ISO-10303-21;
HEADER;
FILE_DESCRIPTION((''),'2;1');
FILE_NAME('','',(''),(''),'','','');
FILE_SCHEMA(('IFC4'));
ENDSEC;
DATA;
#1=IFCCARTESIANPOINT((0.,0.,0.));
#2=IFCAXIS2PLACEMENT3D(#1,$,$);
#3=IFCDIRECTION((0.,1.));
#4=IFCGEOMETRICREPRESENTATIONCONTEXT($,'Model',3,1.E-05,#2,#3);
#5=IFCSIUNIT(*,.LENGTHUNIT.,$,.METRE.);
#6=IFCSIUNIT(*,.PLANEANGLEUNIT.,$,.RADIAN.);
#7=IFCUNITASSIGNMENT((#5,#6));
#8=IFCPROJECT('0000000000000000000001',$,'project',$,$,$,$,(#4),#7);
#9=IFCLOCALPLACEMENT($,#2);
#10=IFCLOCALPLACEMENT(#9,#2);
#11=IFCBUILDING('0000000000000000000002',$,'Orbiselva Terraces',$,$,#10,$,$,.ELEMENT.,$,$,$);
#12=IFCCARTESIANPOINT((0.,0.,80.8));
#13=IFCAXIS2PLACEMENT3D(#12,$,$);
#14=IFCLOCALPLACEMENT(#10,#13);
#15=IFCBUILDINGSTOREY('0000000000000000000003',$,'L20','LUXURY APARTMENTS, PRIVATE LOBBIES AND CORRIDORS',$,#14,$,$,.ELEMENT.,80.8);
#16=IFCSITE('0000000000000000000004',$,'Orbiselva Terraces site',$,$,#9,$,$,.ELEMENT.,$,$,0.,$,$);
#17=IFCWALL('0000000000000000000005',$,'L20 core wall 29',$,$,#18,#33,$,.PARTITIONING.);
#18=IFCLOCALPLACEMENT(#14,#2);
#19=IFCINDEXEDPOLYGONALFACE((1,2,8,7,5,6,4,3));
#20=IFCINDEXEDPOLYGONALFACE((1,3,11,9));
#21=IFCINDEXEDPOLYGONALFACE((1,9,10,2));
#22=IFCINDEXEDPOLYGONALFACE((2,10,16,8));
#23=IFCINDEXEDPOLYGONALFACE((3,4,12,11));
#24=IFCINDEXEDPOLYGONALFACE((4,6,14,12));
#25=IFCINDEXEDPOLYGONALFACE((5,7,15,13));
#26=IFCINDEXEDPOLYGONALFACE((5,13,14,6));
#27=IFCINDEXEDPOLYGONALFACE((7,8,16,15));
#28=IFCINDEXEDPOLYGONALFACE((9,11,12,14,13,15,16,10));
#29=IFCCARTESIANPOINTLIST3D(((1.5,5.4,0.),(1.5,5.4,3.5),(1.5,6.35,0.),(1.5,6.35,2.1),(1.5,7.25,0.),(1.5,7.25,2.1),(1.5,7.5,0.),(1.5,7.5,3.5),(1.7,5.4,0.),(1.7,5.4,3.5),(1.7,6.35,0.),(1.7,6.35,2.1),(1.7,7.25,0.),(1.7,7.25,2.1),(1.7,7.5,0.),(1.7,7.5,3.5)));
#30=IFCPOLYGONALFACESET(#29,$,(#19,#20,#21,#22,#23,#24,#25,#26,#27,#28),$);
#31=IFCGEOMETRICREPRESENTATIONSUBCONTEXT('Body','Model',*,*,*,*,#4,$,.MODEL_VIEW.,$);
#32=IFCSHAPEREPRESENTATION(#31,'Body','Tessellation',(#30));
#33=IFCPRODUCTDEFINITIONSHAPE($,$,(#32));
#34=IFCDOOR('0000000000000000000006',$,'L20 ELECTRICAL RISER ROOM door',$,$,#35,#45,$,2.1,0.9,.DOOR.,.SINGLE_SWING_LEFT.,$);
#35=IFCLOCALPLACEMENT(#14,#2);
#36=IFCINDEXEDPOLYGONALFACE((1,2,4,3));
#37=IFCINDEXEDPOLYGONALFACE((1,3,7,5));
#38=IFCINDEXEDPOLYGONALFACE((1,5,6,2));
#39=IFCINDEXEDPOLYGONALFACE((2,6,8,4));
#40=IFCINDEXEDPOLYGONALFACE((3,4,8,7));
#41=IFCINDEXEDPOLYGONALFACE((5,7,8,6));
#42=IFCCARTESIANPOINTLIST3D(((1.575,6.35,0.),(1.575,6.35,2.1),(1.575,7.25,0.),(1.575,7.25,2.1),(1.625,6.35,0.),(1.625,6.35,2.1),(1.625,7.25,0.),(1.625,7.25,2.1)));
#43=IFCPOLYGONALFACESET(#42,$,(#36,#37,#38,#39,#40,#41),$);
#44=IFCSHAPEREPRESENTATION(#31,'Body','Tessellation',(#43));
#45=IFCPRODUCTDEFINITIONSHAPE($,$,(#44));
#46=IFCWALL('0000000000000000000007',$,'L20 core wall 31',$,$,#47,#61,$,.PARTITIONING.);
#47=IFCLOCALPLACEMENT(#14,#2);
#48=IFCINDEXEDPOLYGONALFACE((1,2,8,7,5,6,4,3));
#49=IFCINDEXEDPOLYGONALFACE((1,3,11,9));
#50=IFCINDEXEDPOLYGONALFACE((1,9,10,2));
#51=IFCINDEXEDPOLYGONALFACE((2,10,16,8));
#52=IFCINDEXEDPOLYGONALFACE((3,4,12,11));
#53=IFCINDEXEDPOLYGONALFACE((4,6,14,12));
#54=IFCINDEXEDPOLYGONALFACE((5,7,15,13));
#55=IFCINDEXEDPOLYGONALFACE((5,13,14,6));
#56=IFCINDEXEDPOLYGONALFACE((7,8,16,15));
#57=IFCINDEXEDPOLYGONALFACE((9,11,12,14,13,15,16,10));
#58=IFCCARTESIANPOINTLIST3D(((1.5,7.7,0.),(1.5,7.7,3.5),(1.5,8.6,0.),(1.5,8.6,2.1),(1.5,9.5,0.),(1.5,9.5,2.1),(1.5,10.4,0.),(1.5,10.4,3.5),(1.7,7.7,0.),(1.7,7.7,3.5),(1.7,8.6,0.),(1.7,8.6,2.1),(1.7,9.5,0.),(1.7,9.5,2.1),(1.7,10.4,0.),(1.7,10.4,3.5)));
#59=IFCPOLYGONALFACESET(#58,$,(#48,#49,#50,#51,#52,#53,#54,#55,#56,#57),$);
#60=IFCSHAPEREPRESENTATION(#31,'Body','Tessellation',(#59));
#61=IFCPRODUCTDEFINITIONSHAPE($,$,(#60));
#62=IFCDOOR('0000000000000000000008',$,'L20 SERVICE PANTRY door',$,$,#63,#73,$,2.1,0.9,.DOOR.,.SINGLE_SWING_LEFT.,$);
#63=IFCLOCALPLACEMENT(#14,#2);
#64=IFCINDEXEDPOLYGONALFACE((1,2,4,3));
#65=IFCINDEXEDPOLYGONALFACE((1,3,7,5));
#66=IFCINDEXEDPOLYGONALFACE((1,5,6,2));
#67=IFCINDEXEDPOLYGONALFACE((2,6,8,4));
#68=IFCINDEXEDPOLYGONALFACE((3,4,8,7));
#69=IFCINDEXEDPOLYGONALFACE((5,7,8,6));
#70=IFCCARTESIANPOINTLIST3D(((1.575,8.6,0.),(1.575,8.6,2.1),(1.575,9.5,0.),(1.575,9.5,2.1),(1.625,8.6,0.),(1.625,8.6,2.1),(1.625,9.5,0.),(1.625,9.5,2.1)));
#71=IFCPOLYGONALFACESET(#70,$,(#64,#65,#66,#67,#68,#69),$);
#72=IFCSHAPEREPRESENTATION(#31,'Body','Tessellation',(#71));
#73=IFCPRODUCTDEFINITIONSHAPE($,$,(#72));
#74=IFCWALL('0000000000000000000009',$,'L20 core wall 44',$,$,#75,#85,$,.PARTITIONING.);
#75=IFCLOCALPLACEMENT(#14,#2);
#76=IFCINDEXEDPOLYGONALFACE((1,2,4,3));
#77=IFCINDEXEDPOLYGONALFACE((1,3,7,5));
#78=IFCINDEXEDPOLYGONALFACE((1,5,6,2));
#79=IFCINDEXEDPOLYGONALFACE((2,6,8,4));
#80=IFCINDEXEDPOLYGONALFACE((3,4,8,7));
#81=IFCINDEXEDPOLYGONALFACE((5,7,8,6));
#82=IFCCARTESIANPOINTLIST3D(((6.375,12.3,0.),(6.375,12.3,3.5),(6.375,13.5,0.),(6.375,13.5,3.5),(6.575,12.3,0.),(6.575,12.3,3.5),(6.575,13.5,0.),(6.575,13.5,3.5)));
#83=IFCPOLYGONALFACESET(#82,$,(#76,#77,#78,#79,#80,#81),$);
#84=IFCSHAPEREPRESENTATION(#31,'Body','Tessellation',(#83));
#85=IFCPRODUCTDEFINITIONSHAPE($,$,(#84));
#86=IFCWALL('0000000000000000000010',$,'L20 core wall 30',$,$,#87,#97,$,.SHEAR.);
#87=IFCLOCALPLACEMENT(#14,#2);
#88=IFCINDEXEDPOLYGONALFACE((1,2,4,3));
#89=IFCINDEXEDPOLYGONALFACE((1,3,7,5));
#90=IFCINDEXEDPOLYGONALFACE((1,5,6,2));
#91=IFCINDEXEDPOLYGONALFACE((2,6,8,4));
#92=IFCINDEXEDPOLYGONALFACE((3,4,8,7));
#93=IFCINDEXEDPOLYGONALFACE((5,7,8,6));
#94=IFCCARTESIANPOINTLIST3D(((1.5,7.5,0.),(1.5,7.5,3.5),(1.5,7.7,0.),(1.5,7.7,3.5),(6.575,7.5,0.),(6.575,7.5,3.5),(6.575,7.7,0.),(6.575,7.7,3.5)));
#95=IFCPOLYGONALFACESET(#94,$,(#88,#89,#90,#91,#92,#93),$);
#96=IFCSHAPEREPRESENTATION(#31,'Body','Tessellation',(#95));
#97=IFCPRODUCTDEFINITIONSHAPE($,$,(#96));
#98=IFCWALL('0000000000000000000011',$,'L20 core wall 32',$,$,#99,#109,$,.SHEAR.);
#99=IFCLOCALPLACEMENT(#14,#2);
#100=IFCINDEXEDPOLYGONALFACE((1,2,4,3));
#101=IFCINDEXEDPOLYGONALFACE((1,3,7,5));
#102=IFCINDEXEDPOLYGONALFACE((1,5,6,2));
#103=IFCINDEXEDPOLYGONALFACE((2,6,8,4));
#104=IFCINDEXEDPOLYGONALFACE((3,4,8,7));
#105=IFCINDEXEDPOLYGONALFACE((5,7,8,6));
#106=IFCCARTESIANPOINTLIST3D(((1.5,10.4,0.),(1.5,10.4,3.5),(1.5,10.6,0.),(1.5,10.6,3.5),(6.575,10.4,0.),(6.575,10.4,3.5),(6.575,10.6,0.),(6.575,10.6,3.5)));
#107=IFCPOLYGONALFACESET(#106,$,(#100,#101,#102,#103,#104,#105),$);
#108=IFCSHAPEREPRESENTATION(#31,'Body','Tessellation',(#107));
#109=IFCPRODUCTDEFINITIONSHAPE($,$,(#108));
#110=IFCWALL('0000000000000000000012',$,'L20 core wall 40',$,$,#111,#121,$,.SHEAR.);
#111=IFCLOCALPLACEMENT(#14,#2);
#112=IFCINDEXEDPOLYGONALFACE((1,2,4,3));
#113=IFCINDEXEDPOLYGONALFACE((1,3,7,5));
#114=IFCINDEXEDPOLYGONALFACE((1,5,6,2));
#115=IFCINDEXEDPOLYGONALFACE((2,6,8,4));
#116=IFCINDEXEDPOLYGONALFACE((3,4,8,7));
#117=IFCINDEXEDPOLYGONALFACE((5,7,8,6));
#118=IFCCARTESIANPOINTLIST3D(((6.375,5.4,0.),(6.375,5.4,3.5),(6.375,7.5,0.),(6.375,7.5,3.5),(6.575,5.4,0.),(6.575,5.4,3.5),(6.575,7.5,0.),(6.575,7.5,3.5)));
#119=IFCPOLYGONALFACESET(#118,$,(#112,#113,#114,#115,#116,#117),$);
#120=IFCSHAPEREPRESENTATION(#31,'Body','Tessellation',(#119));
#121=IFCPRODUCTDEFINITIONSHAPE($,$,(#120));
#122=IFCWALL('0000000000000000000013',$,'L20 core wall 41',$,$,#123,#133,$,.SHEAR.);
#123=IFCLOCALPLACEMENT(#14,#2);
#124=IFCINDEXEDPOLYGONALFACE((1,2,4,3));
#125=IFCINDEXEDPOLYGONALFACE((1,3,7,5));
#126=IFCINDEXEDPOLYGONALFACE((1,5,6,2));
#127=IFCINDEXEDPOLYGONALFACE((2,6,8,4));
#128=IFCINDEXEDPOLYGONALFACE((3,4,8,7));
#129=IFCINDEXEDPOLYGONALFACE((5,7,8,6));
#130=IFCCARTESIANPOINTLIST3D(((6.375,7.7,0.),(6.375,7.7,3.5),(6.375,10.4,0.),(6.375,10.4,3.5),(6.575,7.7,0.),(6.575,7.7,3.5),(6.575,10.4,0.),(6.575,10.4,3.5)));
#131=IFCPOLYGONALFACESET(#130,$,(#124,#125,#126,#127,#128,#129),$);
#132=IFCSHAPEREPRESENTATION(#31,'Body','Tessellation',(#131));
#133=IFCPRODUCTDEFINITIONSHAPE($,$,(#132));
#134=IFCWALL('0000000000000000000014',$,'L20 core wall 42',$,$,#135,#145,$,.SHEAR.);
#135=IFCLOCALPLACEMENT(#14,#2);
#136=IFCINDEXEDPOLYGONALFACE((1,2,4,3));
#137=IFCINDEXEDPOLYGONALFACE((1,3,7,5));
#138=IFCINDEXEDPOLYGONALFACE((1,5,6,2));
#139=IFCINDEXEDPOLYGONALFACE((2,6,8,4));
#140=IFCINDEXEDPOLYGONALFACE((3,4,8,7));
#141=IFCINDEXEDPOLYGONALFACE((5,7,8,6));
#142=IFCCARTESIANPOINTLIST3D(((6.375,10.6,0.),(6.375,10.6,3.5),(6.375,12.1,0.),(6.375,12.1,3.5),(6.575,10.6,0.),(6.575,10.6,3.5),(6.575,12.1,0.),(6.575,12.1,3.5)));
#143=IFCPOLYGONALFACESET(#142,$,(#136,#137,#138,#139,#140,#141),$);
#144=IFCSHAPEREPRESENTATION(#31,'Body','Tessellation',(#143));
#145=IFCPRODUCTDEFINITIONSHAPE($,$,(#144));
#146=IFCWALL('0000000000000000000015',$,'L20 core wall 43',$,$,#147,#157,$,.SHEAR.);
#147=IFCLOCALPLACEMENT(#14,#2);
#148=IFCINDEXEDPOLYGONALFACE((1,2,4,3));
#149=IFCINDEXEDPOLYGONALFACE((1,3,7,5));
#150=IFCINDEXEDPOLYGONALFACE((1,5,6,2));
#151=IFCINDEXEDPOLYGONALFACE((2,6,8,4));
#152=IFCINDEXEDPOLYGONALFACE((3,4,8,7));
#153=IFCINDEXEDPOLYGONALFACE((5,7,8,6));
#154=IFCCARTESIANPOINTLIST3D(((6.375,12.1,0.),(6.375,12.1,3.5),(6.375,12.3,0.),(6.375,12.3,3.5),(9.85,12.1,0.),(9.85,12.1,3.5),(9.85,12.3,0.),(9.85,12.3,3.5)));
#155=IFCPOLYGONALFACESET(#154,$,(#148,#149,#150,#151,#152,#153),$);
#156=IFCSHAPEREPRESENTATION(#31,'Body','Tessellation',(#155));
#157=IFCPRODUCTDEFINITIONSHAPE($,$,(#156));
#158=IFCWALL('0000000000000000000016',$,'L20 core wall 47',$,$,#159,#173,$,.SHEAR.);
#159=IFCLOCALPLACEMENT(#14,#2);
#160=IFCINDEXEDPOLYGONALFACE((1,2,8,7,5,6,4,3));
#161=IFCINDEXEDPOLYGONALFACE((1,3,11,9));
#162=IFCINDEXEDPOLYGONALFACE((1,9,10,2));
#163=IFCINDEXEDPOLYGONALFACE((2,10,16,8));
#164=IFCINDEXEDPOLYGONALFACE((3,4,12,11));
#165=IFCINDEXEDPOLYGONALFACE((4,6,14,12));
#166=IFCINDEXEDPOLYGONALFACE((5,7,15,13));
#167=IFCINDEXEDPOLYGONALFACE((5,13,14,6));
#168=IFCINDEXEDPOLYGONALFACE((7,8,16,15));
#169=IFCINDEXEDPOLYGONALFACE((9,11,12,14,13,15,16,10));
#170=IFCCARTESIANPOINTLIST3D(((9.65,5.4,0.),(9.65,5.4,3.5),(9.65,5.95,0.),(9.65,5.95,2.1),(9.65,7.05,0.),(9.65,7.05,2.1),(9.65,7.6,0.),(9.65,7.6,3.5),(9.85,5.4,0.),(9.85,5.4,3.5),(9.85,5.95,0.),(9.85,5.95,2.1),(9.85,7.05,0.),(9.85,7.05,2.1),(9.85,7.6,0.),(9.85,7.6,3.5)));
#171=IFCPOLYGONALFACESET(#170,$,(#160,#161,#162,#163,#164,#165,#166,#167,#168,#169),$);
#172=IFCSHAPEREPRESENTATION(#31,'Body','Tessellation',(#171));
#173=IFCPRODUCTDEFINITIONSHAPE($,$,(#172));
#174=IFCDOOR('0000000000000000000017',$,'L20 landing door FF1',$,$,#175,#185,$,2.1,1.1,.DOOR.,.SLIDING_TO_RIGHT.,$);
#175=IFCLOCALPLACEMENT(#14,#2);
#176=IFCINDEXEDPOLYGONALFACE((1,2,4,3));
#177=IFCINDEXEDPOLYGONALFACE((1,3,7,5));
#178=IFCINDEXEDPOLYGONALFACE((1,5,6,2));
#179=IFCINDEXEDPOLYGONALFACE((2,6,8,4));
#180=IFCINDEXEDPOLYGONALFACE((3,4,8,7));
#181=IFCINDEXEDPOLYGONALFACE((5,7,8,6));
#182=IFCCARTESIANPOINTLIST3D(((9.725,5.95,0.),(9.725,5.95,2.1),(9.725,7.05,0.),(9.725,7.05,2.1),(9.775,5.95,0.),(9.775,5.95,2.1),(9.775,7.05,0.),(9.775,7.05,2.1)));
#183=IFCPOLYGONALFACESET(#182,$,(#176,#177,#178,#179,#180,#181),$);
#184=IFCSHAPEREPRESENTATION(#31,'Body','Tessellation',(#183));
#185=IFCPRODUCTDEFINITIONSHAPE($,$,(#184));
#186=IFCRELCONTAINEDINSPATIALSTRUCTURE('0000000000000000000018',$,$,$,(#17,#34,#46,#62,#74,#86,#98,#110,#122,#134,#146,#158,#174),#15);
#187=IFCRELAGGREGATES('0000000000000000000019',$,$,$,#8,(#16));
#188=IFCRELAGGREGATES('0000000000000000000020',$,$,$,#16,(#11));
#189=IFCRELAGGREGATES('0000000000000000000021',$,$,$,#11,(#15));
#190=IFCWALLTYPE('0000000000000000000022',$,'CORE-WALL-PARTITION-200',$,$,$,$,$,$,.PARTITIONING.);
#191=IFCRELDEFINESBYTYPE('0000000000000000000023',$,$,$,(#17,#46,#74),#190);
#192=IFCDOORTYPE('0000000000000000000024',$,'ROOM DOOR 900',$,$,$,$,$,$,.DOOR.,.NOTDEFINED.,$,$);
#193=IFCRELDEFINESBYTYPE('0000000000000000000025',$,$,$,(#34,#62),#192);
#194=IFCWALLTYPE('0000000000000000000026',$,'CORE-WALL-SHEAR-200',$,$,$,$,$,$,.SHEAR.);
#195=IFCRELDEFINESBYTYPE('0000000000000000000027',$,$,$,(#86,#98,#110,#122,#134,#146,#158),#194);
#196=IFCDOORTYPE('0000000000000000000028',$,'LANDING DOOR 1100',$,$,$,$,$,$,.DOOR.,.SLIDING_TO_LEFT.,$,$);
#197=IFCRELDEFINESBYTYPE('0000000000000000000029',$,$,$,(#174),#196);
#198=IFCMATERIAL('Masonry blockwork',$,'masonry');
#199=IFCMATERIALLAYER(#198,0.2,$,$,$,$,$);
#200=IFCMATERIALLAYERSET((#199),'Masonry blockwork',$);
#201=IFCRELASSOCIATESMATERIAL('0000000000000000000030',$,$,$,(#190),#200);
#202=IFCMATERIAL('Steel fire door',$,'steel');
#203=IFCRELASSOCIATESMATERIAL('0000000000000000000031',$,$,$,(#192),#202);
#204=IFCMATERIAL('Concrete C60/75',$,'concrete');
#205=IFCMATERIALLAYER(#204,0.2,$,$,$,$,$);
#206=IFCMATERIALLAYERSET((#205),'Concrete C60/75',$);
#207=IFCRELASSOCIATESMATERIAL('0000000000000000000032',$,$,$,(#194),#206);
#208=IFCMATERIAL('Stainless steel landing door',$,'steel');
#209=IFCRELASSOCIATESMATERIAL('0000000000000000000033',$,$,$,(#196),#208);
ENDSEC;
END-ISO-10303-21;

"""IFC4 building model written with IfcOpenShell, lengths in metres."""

from ifc_helpers import new_model, si_unit, direction, frame, frame_2d, origin, place, context, subcontext, project, spatial, rectangle, extrude, material, layer, layer_set, type_object, element, fill, save


model = new_model("IFC4")

# Units and contexts
model_context = context("Model", 3, precision=1e-05, world=origin(), true_north=direction((0.0, 1.0)))
body_context = subcontext(model_context, "Body", "Model", "MODEL_VIEW")
ifc_project = project(units=[si_unit("LENGTHUNIT", "METRE"), si_unit("PLANEANGLEUNIT", "RADIAN")], contexts=[model_context])

# Site, building, storey
site_placement = place(None, origin())
site = spatial("IfcSite", under=ifc_project, at=site_placement, Name="Orbiselva Terraces site", CompositionType="ELEMENT", RefElevation=0.0)
building_placement = place(site_placement, origin())
building = spatial("IfcBuilding", under=site, at=building_placement, Name="Orbiselva Terraces", CompositionType="ELEMENT")
storey_placement = place(building_placement, frame((0.0, 0.0, 80.8)))
storey = spatial("IfcBuildingStorey", under=building, at=storey_placement, Name="L20", Description="LUXURY APARTMENTS, PRIVATE LOBBIES AND CORRIDORS", CompositionType="ELEMENT", Elevation=80.8)

# Walls, openings, doors
ifc_material_1 = material(Name="Masonry blockwork", Category="masonry")
ifc_layer_1 = layer(ifc_material_1, 0.2)
ifc_layer_set_1 = layer_set([ifc_layer_1], Name="Masonry blockwork")
wall_type_1 = type_object("IfcWallType", Name="CORE-WALL-PARTITION-200", PredefinedType="PARTITIONING", material=ifc_layer_set_1)
wall_1_placement = place(storey_placement, frame((1.6, 7.5, 0.0), z_axis=(0.0, 0.0, 1.0), x_axis=(0.0, -1.0, 0.0)))
wall_1 = element("IfcWall", 1, at=wall_1_placement, inside=storey, type_object=wall_type_1, Name="L20 core wall 29", PredefinedType="PARTITIONING", context=body_context, shape_type="SweptSolid", body=[
    extrude(rectangle(XDim=2.1, YDim=0.2, at=frame_2d((1.05, 0.0))), origin(), (0.0, 0.0, 1.0), 3.5),
])
opening_1_placement = place(wall_1_placement, frame((0.25, 0.0, 0.0)))
opening_1 = element("IfcOpeningElement", 2, at=opening_1_placement, cuts=wall_1, PredefinedType="OPENING", context=body_context, shape_type="SweptSolid", body=[
    extrude(rectangle(XDim=0.9, YDim=2.1, at=frame_2d((0.45, 1.05))), frame((0.0, 0.11, 0.0), z_axis=(0.0, -1.0, 0.0), x_axis=(1.0, 0.0, 0.0)), (0.0, 0.0, 1.0), 0.22),
])
ifc_material_2 = material(Name="Steel fire door", Category="steel")
door_type_1 = type_object("IfcDoorType", Name="ROOM DOOR 900", OperationType="NOTDEFINED", PredefinedType="DOOR", material=ifc_material_2)
door_1_placement = place(opening_1_placement, origin())
door_1 = element("IfcDoor", 3, at=door_1_placement, inside=storey, type_object=door_type_1, Name="L20 ELECTRICAL RISER ROOM door", OperationType="SINGLE_SWING_LEFT", OverallHeight=2.1, OverallWidth=0.9, PredefinedType="DOOR", context=body_context, shape_type="SweptSolid", body=[
    extrude(rectangle(XDim=0.9, YDim=2.1, at=frame_2d((0.45, 1.05))), frame((0.0, 0.025, 0.0), z_axis=(0.0, -1.0, 0.0), x_axis=(1.0, 0.0, 0.0)), (0.0, 0.0, 1.0), 0.05),
])
fill(opening_1, door_1)
wall_2_placement = place(storey_placement, frame((1.6, 10.4, 0.0), z_axis=(0.0, 0.0, 1.0), x_axis=(0.0, -1.0, 0.0)))
wall_2 = element("IfcWall", 4, at=wall_2_placement, inside=storey, type_object=wall_type_1, Name="L20 core wall 31", PredefinedType="PARTITIONING", context=body_context, shape_type="SweptSolid", body=[
    extrude(rectangle(XDim=2.7, YDim=0.2, at=frame_2d((1.35, 0.0))), origin(), (0.0, 0.0, 1.0), 3.5),
])
opening_2_placement = place(wall_2_placement, frame((0.9, 0.0, 0.0)))
opening_2 = element("IfcOpeningElement", 5, at=opening_2_placement, cuts=wall_2, PredefinedType="OPENING", context=body_context, shape_type="SweptSolid", body=[
    extrude(rectangle(XDim=0.9, YDim=2.1, at=frame_2d((0.45, 1.05))), frame((0.0, 0.11, 0.0), z_axis=(0.0, -1.0, 0.0), x_axis=(1.0, 0.0, 0.0)), (0.0, 0.0, 1.0), 0.22),
])
door_2_placement = place(opening_2_placement, origin())
door_2 = element("IfcDoor", 6, at=door_2_placement, inside=storey, type_object=door_type_1, Name="L20 SERVICE PANTRY door", OperationType="SINGLE_SWING_LEFT", OverallHeight=2.1, OverallWidth=0.9, PredefinedType="DOOR", context=body_context, shape_type="SweptSolid", body=[
    extrude(rectangle(XDim=0.9, YDim=2.1, at=frame_2d((0.45, 1.05))), frame((0.0, 0.025, 0.0), z_axis=(0.0, -1.0, 0.0), x_axis=(1.0, 0.0, 0.0)), (0.0, 0.0, 1.0), 0.05),
])
fill(opening_2, door_2)

# Walls
wall_3_placement = place(storey_placement, frame((6.475, 12.3, 0.0), z_axis=(0.0, 0.0, 1.0), x_axis=(0.0, 1.0, 0.0)))
element("IfcWall", 7, at=wall_3_placement, inside=storey, type_object=wall_type_1, Name="L20 core wall 44", PredefinedType="PARTITIONING", context=body_context, shape_type="SweptSolid", body=[
    extrude(rectangle(XDim=1.2, YDim=0.2, at=frame_2d((0.6, 0.0))), origin(), (0.0, 0.0, 1.0), 3.5),
])
ifc_material_3 = material(Name="Concrete C60/75", Category="concrete")
ifc_layer_2 = layer(ifc_material_3, 0.2)
ifc_layer_set_2 = layer_set([ifc_layer_2], Name="Concrete C60/75")
wall_type_2 = type_object("IfcWallType", Name="CORE-WALL-SHEAR-200", PredefinedType="SHEAR", material=ifc_layer_set_2)
for number, where, z_axis, x_axis, name in (
    (8, (1.5, 7.6, 0.0), (0.0, 0.0, 1.0), (1.0, 0.0, 0.0), "L20 core wall 30"),
    (9, (1.5, 10.5, 0.0), (0.0, 0.0, 1.0), (1.0, 0.0, 0.0), "L20 core wall 32"),
):
    element("IfcWall", number, at=place(storey_placement, frame(where, z_axis=z_axis, x_axis=x_axis)), inside=storey, type_object=wall_type_2, Name=name, PredefinedType="SHEAR", context=body_context, shape_type="SweptSolid", body=[
        extrude(rectangle(XDim=5.075, YDim=0.2, at=frame_2d((2.5375, 0.0))), origin(), (0.0, 0.0, 1.0), 3.5),
    ])
wall_4_placement = place(storey_placement, frame((6.475, 5.4, 0.0), z_axis=(0.0, 0.0, 1.0), x_axis=(0.0, 1.0, 0.0)))
element("IfcWall", 10, at=wall_4_placement, inside=storey, type_object=wall_type_2, Name="L20 core wall 40", PredefinedType="SHEAR", context=body_context, shape_type="SweptSolid", body=[
    extrude(rectangle(XDim=2.1, YDim=0.2, at=frame_2d((1.05, 0.0))), origin(), (0.0, 0.0, 1.0), 3.5),
])
wall_5_placement = place(storey_placement, frame((6.475, 7.7, 0.0), z_axis=(0.0, 0.0, 1.0), x_axis=(0.0, 1.0, 0.0)))
element("IfcWall", 11, at=wall_5_placement, inside=storey, type_object=wall_type_2, Name="L20 core wall 41", PredefinedType="SHEAR", context=body_context, shape_type="SweptSolid", body=[
    extrude(rectangle(XDim=2.7, YDim=0.2, at=frame_2d((1.35, 0.0))), origin(), (0.0, 0.0, 1.0), 3.5),
])
wall_6_placement = place(storey_placement, frame((6.475, 10.6, 0.0), z_axis=(0.0, 0.0, 1.0), x_axis=(0.0, 1.0, 0.0)))
element("IfcWall", 12, at=wall_6_placement, inside=storey, type_object=wall_type_2, Name="L20 core wall 42", PredefinedType="SHEAR", context=body_context, shape_type="SweptSolid", body=[
    extrude(rectangle(XDim=1.5, YDim=0.2, at=frame_2d((0.75, 0.0))), origin(), (0.0, 0.0, 1.0), 3.5),
])
wall_7_placement = place(storey_placement, frame((6.375, 12.2, 0.0), z_axis=(0.0, 0.0, 1.0), x_axis=(1.0, 0.0, 0.0)))
element("IfcWall", 13, at=wall_7_placement, inside=storey, type_object=wall_type_2, Name="L20 core wall 43", PredefinedType="SHEAR", context=body_context, shape_type="SweptSolid", body=[
    extrude(rectangle(XDim=3.475, YDim=0.2, at=frame_2d((1.7375, 0.0))), origin(), (0.0, 0.0, 1.0), 3.5),
])

# Wall, opening, door
wall_8_placement = place(storey_placement, frame((9.75, 5.4, 0.0), z_axis=(0.0, 0.0, 1.0), x_axis=(0.0, 1.0, 0.0)))
wall_8 = element("IfcWall", 14, at=wall_8_placement, inside=storey, type_object=wall_type_2, Name="L20 core wall 47", PredefinedType="SHEAR", context=body_context, shape_type="SweptSolid", body=[
    extrude(rectangle(XDim=2.2, YDim=0.2, at=frame_2d((1.1, 0.0))), origin(), (0.0, 0.0, 1.0), 3.5),
])
opening_3_placement = place(wall_8_placement, frame((0.55, 0.0, 0.0)))
opening_3 = element("IfcOpeningElement", 15, at=opening_3_placement, cuts=wall_8, PredefinedType="OPENING", context=body_context, shape_type="SweptSolid", body=[
    extrude(rectangle(XDim=1.1, YDim=2.1, at=frame_2d((0.55, 1.05))), frame((0.0, 0.11, 0.0), z_axis=(0.0, -1.0, 0.0), x_axis=(1.0, 0.0, 0.0)), (0.0, 0.0, 1.0), 0.22),
])
ifc_material_4 = material(Name="Stainless steel landing door", Category="steel")
door_type_2 = type_object("IfcDoorType", Name="LANDING DOOR 1100", OperationType="SLIDING_TO_LEFT", PredefinedType="DOOR", material=ifc_material_4)
door_3_placement = place(opening_3_placement, origin())
door_3 = element("IfcDoor", 16, at=door_3_placement, inside=storey, type_object=door_type_2, Name="L20 landing door FF1", OperationType="SLIDING_TO_RIGHT", OverallHeight=2.1, OverallWidth=1.1, PredefinedType="DOOR", context=body_context, shape_type="SweptSolid", body=[
    extrude(rectangle(XDim=1.1, YDim=2.1, at=frame_2d((0.55, 1.05))), frame((0.0, 0.025, 0.0), z_axis=(0.0, -1.0, 0.0), x_axis=(1.0, 0.0, 0.0)), (0.0, 0.0, 1.0), 0.05),
])
fill(opening_3, door_3)

save(model, "model.ifc")
